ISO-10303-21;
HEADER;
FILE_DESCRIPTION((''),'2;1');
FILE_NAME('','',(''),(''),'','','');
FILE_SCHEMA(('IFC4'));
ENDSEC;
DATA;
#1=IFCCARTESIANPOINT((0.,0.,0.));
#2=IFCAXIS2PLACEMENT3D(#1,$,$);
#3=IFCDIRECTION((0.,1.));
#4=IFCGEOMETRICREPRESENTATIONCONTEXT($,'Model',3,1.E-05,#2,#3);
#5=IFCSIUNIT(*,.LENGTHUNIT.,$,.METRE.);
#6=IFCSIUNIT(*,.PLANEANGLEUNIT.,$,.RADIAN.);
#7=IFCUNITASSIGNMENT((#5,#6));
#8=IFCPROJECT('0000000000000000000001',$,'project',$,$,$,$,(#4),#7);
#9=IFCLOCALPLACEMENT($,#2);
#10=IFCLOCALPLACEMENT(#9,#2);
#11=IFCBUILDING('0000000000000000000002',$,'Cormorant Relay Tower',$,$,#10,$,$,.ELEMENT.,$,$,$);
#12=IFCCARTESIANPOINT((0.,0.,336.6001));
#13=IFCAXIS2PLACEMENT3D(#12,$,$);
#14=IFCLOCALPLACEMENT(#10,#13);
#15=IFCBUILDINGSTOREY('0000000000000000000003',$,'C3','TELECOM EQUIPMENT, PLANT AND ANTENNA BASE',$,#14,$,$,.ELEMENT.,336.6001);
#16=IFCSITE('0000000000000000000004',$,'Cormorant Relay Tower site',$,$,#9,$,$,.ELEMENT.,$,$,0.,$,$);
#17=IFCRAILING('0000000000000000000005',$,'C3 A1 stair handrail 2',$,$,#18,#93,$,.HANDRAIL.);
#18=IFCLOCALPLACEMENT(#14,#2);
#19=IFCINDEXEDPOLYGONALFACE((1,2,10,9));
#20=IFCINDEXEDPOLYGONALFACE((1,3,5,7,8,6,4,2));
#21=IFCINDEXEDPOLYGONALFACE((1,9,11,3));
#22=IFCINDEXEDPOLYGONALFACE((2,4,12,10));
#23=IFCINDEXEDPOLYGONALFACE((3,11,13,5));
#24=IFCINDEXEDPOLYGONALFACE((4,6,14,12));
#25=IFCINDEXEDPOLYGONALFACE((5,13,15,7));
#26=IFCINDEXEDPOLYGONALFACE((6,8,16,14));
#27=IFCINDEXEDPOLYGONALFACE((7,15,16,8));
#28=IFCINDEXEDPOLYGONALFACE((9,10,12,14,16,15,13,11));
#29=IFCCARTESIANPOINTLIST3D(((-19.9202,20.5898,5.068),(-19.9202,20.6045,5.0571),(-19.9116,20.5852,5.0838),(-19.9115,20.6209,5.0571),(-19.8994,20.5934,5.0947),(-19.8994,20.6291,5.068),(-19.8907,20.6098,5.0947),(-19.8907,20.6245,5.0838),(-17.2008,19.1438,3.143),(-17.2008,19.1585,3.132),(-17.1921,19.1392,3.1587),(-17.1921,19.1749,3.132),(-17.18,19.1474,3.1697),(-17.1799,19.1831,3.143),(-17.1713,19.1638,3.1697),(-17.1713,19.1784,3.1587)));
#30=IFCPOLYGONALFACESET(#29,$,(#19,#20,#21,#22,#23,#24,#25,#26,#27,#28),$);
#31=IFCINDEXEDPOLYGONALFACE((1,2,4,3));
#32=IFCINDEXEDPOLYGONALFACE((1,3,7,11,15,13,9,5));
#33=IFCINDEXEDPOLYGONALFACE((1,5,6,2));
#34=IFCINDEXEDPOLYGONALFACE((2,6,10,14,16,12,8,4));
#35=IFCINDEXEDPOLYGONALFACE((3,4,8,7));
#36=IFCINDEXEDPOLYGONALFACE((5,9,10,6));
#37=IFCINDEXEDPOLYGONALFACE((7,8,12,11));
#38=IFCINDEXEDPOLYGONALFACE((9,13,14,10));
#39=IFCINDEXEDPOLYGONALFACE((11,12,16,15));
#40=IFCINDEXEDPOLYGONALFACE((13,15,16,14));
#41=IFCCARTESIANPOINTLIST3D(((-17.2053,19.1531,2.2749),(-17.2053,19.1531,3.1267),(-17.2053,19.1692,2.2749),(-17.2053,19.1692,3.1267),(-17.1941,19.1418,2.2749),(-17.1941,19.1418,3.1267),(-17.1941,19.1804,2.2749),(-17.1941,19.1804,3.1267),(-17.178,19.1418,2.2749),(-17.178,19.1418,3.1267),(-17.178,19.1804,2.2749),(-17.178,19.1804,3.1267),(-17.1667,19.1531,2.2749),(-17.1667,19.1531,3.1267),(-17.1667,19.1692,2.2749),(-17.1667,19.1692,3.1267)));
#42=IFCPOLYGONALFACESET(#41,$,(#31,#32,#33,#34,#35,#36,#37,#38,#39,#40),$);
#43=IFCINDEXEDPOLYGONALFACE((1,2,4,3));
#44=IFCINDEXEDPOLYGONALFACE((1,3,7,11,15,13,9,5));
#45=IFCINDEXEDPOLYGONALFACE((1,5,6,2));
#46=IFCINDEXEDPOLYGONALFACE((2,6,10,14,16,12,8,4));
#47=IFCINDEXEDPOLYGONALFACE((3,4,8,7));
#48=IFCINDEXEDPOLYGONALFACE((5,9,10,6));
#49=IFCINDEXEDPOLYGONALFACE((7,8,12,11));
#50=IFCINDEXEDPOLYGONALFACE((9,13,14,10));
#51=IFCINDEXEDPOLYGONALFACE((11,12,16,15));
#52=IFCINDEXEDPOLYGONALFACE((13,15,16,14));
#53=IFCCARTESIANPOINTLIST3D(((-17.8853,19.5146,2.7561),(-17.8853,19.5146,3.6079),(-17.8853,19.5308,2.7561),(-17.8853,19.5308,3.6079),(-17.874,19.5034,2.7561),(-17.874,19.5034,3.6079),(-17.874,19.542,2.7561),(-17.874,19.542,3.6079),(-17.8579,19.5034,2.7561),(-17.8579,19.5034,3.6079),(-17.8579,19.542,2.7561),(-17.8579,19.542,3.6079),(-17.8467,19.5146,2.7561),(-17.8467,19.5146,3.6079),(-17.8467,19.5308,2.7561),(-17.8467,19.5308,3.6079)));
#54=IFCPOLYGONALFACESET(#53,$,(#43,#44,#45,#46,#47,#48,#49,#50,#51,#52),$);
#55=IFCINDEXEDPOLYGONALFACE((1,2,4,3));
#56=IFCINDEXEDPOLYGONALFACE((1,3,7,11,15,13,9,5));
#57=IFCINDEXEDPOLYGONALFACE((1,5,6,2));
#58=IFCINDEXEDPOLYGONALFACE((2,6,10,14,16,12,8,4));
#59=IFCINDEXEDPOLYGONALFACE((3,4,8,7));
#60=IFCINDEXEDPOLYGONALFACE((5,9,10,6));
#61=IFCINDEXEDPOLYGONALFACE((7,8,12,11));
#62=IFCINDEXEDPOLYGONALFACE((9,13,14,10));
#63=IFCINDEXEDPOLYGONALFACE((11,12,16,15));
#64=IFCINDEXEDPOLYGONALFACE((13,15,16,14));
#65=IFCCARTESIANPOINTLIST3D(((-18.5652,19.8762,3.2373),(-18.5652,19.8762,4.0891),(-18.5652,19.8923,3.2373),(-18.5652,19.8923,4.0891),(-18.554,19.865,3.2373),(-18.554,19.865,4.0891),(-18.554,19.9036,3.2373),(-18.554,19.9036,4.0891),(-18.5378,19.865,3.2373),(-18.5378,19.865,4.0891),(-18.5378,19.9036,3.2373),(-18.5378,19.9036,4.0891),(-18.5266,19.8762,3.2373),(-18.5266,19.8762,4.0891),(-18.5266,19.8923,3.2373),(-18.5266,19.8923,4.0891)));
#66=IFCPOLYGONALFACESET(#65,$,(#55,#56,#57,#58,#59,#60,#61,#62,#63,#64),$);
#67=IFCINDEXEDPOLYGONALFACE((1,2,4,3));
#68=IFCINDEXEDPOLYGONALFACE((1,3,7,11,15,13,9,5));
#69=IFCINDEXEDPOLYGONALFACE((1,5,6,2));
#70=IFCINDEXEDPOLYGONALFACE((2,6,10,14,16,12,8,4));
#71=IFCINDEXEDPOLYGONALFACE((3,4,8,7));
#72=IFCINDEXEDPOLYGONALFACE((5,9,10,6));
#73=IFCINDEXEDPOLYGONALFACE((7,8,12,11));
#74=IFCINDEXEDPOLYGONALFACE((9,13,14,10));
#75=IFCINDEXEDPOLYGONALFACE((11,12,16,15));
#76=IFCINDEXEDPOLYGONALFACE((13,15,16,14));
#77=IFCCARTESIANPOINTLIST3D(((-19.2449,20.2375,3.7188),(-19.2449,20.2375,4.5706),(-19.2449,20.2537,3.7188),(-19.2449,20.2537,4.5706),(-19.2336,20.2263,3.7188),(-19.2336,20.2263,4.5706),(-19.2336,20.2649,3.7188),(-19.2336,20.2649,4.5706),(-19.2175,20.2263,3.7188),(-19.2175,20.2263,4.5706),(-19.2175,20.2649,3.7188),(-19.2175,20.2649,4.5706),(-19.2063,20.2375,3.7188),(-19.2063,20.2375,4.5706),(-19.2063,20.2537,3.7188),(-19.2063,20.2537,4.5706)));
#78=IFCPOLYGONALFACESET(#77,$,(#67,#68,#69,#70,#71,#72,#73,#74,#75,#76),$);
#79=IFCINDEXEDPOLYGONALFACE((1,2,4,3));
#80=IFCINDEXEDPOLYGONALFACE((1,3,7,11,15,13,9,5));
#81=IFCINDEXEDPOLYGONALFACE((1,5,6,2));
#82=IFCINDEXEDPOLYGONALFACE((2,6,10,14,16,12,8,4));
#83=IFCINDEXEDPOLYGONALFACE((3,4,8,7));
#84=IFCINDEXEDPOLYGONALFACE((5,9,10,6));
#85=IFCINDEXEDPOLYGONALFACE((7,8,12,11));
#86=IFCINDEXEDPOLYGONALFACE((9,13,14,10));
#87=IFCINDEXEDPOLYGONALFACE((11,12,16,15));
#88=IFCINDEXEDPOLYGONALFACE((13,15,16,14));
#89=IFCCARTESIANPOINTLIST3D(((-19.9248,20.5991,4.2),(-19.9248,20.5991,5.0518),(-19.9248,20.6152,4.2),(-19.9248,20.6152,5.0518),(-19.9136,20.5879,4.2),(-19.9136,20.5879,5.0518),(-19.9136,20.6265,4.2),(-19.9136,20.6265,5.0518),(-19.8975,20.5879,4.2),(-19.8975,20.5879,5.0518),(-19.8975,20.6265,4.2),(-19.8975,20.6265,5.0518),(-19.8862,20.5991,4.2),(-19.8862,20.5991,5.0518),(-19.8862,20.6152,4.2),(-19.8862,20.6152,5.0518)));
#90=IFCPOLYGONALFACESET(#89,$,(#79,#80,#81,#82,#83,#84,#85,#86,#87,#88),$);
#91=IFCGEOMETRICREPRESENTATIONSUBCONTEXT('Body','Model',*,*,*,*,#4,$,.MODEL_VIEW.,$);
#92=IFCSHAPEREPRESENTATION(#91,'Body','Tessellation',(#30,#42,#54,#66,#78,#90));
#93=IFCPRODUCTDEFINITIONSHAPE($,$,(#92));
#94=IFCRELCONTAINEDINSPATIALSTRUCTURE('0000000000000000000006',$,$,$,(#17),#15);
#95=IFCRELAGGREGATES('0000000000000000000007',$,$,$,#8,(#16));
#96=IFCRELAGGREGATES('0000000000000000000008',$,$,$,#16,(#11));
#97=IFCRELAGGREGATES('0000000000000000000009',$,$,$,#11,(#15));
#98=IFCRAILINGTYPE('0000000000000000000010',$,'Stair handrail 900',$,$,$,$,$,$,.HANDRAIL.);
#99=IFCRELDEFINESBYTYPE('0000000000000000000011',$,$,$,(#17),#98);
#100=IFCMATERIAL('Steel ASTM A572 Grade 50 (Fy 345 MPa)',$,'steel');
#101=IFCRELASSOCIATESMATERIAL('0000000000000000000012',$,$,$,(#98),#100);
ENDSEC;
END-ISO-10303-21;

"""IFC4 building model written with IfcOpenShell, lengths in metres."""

from ifc_helpers import new_model, si_unit, direction, frame, origin, place, context, subcontext, project, spatial, polyline, outline, extrude, material, type_object, element, save


model = new_model("IFC4")

# Units and contexts
model_context = context("Model", 3, precision=1e-05, world=origin(), true_north=direction((0.0, 1.0)))
body_context = subcontext(model_context, "Body", "Model", "MODEL_VIEW")
ifc_project = project(units=[si_unit("LENGTHUNIT", "METRE"), si_unit("PLANEANGLEUNIT", "RADIAN")], contexts=[model_context])

# Site, building, storey
site_placement = place(None, origin())
site = spatial("IfcSite", under=ifc_project, at=site_placement, Name="Cormorant Relay Tower site", CompositionType="ELEMENT", RefElevation=0.0)
building_placement = place(site_placement, origin())
building = spatial("IfcBuilding", under=site, at=building_placement, Name="Cormorant Relay Tower", CompositionType="ELEMENT")
storey_placement = place(building_placement, frame((0.0, 0.0, 336.6001)))
storey = spatial("IfcBuildingStorey", under=building, at=storey_placement, Name="C3", Description="TELECOM EQUIPMENT, PLANT AND ANTENNA BASE", CompositionType="ELEMENT", Elevation=336.6001)

# Railing
ifc_material_1 = material(Name="Steel ASTM A572 Grade 50 (Fy 345 MPa)", Category="steel")
railing_type_1 = type_object("IfcRailingType", Name="Stair handrail 900", PredefinedType="HANDRAIL", material=ifc_material_1)
railing_1_placement = place(storey_placement, frame((-17.186, 19.1611, 2.2749)))
element("IfcRailing", 1, at=railing_1_placement, inside=storey, type_object=railing_type_1, Name="C3 A1 stair handrail 2", PredefinedType="HANDRAIL", context=body_context, shape_type="SweptSolid", body=[
    extrude(outline(polyline([(0.0222, 0.0093), (0.0093, 0.0222), (-0.0093, 0.0222), (-0.0222, 0.0093), (-0.0222, -0.0093), (-0.0093, -0.0222), (0.0093, -0.0222), (0.0222, -0.0093), (0.0222, 0.0093)])), frame((0.0, 0.0, 0.876), z_axis=(-0.748727, 0.398125, 0.530004), x_axis=(-0.469489, -0.882938, 0.0)), (0.0, 0.0, 1.0), 3.6321),
    extrude(outline(polyline([(0.0193, 0.0081), (0.0081, 0.0193), (-0.0081, 0.0193), (-0.0193, 0.0081), (-0.0193, -0.0081), (-0.0081, -0.0193), (0.0081, -0.0193), (0.0193, -0.0081), (0.0193, 0.0081)])), origin(), (0.0, 0.0, 1.0), 0.8518),
    extrude(outline(polyline([(0.0193, 0.0081), (0.0081, 0.0193), (-0.0081, 0.0193), (-0.0193, 0.0081), (-0.0193, -0.0081), (-0.0081, -0.0193), (0.0081, -0.0193), (0.0193, -0.0081), (0.0193, 0.0081)])), frame((-0.6799, 0.3616, 0.4812)), (0.0, 0.0, 1.0), 0.8518),
    extrude(outline(polyline([(0.0193, 0.0081), (0.0081, 0.0193), (-0.0081, 0.0193), (-0.0193, 0.0081), (-0.0193, -0.0081), (-0.0081, -0.0193), (0.0081, -0.0193), (0.0193, -0.0081), (0.0193, 0.0081)])), frame((-1.3599, 0.7231, 0.9624)), (0.0, 0.0, 1.0), 0.8518),
    extrude(outline(polyline([(0.0193, 0.0081), (0.0081, 0.0193), (-0.0081, 0.0193), (-0.0193, 0.0081), (-0.0193, -0.0081), (-0.0081, -0.0193), (0.0081, -0.0193), (0.0193, -0.0081), (0.0193, 0.0081)])), frame((-2.0396, 1.0845, 1.4438)), (0.0, 0.0, 1.0), 0.8518),
    extrude(outline(polyline([(0.0193, 0.0081), (0.0081, 0.0193), (-0.0081, 0.0193), (-0.0193, 0.0081), (-0.0193, -0.0081), (-0.0081, -0.0193), (0.0081, -0.0193), (0.0193, -0.0081), (0.0193, 0.0081)])), frame((-2.7195, 1.446, 1.925)), (0.0, 0.0, 1.0), 0.8518),
])

save(model, "model.ifc")
